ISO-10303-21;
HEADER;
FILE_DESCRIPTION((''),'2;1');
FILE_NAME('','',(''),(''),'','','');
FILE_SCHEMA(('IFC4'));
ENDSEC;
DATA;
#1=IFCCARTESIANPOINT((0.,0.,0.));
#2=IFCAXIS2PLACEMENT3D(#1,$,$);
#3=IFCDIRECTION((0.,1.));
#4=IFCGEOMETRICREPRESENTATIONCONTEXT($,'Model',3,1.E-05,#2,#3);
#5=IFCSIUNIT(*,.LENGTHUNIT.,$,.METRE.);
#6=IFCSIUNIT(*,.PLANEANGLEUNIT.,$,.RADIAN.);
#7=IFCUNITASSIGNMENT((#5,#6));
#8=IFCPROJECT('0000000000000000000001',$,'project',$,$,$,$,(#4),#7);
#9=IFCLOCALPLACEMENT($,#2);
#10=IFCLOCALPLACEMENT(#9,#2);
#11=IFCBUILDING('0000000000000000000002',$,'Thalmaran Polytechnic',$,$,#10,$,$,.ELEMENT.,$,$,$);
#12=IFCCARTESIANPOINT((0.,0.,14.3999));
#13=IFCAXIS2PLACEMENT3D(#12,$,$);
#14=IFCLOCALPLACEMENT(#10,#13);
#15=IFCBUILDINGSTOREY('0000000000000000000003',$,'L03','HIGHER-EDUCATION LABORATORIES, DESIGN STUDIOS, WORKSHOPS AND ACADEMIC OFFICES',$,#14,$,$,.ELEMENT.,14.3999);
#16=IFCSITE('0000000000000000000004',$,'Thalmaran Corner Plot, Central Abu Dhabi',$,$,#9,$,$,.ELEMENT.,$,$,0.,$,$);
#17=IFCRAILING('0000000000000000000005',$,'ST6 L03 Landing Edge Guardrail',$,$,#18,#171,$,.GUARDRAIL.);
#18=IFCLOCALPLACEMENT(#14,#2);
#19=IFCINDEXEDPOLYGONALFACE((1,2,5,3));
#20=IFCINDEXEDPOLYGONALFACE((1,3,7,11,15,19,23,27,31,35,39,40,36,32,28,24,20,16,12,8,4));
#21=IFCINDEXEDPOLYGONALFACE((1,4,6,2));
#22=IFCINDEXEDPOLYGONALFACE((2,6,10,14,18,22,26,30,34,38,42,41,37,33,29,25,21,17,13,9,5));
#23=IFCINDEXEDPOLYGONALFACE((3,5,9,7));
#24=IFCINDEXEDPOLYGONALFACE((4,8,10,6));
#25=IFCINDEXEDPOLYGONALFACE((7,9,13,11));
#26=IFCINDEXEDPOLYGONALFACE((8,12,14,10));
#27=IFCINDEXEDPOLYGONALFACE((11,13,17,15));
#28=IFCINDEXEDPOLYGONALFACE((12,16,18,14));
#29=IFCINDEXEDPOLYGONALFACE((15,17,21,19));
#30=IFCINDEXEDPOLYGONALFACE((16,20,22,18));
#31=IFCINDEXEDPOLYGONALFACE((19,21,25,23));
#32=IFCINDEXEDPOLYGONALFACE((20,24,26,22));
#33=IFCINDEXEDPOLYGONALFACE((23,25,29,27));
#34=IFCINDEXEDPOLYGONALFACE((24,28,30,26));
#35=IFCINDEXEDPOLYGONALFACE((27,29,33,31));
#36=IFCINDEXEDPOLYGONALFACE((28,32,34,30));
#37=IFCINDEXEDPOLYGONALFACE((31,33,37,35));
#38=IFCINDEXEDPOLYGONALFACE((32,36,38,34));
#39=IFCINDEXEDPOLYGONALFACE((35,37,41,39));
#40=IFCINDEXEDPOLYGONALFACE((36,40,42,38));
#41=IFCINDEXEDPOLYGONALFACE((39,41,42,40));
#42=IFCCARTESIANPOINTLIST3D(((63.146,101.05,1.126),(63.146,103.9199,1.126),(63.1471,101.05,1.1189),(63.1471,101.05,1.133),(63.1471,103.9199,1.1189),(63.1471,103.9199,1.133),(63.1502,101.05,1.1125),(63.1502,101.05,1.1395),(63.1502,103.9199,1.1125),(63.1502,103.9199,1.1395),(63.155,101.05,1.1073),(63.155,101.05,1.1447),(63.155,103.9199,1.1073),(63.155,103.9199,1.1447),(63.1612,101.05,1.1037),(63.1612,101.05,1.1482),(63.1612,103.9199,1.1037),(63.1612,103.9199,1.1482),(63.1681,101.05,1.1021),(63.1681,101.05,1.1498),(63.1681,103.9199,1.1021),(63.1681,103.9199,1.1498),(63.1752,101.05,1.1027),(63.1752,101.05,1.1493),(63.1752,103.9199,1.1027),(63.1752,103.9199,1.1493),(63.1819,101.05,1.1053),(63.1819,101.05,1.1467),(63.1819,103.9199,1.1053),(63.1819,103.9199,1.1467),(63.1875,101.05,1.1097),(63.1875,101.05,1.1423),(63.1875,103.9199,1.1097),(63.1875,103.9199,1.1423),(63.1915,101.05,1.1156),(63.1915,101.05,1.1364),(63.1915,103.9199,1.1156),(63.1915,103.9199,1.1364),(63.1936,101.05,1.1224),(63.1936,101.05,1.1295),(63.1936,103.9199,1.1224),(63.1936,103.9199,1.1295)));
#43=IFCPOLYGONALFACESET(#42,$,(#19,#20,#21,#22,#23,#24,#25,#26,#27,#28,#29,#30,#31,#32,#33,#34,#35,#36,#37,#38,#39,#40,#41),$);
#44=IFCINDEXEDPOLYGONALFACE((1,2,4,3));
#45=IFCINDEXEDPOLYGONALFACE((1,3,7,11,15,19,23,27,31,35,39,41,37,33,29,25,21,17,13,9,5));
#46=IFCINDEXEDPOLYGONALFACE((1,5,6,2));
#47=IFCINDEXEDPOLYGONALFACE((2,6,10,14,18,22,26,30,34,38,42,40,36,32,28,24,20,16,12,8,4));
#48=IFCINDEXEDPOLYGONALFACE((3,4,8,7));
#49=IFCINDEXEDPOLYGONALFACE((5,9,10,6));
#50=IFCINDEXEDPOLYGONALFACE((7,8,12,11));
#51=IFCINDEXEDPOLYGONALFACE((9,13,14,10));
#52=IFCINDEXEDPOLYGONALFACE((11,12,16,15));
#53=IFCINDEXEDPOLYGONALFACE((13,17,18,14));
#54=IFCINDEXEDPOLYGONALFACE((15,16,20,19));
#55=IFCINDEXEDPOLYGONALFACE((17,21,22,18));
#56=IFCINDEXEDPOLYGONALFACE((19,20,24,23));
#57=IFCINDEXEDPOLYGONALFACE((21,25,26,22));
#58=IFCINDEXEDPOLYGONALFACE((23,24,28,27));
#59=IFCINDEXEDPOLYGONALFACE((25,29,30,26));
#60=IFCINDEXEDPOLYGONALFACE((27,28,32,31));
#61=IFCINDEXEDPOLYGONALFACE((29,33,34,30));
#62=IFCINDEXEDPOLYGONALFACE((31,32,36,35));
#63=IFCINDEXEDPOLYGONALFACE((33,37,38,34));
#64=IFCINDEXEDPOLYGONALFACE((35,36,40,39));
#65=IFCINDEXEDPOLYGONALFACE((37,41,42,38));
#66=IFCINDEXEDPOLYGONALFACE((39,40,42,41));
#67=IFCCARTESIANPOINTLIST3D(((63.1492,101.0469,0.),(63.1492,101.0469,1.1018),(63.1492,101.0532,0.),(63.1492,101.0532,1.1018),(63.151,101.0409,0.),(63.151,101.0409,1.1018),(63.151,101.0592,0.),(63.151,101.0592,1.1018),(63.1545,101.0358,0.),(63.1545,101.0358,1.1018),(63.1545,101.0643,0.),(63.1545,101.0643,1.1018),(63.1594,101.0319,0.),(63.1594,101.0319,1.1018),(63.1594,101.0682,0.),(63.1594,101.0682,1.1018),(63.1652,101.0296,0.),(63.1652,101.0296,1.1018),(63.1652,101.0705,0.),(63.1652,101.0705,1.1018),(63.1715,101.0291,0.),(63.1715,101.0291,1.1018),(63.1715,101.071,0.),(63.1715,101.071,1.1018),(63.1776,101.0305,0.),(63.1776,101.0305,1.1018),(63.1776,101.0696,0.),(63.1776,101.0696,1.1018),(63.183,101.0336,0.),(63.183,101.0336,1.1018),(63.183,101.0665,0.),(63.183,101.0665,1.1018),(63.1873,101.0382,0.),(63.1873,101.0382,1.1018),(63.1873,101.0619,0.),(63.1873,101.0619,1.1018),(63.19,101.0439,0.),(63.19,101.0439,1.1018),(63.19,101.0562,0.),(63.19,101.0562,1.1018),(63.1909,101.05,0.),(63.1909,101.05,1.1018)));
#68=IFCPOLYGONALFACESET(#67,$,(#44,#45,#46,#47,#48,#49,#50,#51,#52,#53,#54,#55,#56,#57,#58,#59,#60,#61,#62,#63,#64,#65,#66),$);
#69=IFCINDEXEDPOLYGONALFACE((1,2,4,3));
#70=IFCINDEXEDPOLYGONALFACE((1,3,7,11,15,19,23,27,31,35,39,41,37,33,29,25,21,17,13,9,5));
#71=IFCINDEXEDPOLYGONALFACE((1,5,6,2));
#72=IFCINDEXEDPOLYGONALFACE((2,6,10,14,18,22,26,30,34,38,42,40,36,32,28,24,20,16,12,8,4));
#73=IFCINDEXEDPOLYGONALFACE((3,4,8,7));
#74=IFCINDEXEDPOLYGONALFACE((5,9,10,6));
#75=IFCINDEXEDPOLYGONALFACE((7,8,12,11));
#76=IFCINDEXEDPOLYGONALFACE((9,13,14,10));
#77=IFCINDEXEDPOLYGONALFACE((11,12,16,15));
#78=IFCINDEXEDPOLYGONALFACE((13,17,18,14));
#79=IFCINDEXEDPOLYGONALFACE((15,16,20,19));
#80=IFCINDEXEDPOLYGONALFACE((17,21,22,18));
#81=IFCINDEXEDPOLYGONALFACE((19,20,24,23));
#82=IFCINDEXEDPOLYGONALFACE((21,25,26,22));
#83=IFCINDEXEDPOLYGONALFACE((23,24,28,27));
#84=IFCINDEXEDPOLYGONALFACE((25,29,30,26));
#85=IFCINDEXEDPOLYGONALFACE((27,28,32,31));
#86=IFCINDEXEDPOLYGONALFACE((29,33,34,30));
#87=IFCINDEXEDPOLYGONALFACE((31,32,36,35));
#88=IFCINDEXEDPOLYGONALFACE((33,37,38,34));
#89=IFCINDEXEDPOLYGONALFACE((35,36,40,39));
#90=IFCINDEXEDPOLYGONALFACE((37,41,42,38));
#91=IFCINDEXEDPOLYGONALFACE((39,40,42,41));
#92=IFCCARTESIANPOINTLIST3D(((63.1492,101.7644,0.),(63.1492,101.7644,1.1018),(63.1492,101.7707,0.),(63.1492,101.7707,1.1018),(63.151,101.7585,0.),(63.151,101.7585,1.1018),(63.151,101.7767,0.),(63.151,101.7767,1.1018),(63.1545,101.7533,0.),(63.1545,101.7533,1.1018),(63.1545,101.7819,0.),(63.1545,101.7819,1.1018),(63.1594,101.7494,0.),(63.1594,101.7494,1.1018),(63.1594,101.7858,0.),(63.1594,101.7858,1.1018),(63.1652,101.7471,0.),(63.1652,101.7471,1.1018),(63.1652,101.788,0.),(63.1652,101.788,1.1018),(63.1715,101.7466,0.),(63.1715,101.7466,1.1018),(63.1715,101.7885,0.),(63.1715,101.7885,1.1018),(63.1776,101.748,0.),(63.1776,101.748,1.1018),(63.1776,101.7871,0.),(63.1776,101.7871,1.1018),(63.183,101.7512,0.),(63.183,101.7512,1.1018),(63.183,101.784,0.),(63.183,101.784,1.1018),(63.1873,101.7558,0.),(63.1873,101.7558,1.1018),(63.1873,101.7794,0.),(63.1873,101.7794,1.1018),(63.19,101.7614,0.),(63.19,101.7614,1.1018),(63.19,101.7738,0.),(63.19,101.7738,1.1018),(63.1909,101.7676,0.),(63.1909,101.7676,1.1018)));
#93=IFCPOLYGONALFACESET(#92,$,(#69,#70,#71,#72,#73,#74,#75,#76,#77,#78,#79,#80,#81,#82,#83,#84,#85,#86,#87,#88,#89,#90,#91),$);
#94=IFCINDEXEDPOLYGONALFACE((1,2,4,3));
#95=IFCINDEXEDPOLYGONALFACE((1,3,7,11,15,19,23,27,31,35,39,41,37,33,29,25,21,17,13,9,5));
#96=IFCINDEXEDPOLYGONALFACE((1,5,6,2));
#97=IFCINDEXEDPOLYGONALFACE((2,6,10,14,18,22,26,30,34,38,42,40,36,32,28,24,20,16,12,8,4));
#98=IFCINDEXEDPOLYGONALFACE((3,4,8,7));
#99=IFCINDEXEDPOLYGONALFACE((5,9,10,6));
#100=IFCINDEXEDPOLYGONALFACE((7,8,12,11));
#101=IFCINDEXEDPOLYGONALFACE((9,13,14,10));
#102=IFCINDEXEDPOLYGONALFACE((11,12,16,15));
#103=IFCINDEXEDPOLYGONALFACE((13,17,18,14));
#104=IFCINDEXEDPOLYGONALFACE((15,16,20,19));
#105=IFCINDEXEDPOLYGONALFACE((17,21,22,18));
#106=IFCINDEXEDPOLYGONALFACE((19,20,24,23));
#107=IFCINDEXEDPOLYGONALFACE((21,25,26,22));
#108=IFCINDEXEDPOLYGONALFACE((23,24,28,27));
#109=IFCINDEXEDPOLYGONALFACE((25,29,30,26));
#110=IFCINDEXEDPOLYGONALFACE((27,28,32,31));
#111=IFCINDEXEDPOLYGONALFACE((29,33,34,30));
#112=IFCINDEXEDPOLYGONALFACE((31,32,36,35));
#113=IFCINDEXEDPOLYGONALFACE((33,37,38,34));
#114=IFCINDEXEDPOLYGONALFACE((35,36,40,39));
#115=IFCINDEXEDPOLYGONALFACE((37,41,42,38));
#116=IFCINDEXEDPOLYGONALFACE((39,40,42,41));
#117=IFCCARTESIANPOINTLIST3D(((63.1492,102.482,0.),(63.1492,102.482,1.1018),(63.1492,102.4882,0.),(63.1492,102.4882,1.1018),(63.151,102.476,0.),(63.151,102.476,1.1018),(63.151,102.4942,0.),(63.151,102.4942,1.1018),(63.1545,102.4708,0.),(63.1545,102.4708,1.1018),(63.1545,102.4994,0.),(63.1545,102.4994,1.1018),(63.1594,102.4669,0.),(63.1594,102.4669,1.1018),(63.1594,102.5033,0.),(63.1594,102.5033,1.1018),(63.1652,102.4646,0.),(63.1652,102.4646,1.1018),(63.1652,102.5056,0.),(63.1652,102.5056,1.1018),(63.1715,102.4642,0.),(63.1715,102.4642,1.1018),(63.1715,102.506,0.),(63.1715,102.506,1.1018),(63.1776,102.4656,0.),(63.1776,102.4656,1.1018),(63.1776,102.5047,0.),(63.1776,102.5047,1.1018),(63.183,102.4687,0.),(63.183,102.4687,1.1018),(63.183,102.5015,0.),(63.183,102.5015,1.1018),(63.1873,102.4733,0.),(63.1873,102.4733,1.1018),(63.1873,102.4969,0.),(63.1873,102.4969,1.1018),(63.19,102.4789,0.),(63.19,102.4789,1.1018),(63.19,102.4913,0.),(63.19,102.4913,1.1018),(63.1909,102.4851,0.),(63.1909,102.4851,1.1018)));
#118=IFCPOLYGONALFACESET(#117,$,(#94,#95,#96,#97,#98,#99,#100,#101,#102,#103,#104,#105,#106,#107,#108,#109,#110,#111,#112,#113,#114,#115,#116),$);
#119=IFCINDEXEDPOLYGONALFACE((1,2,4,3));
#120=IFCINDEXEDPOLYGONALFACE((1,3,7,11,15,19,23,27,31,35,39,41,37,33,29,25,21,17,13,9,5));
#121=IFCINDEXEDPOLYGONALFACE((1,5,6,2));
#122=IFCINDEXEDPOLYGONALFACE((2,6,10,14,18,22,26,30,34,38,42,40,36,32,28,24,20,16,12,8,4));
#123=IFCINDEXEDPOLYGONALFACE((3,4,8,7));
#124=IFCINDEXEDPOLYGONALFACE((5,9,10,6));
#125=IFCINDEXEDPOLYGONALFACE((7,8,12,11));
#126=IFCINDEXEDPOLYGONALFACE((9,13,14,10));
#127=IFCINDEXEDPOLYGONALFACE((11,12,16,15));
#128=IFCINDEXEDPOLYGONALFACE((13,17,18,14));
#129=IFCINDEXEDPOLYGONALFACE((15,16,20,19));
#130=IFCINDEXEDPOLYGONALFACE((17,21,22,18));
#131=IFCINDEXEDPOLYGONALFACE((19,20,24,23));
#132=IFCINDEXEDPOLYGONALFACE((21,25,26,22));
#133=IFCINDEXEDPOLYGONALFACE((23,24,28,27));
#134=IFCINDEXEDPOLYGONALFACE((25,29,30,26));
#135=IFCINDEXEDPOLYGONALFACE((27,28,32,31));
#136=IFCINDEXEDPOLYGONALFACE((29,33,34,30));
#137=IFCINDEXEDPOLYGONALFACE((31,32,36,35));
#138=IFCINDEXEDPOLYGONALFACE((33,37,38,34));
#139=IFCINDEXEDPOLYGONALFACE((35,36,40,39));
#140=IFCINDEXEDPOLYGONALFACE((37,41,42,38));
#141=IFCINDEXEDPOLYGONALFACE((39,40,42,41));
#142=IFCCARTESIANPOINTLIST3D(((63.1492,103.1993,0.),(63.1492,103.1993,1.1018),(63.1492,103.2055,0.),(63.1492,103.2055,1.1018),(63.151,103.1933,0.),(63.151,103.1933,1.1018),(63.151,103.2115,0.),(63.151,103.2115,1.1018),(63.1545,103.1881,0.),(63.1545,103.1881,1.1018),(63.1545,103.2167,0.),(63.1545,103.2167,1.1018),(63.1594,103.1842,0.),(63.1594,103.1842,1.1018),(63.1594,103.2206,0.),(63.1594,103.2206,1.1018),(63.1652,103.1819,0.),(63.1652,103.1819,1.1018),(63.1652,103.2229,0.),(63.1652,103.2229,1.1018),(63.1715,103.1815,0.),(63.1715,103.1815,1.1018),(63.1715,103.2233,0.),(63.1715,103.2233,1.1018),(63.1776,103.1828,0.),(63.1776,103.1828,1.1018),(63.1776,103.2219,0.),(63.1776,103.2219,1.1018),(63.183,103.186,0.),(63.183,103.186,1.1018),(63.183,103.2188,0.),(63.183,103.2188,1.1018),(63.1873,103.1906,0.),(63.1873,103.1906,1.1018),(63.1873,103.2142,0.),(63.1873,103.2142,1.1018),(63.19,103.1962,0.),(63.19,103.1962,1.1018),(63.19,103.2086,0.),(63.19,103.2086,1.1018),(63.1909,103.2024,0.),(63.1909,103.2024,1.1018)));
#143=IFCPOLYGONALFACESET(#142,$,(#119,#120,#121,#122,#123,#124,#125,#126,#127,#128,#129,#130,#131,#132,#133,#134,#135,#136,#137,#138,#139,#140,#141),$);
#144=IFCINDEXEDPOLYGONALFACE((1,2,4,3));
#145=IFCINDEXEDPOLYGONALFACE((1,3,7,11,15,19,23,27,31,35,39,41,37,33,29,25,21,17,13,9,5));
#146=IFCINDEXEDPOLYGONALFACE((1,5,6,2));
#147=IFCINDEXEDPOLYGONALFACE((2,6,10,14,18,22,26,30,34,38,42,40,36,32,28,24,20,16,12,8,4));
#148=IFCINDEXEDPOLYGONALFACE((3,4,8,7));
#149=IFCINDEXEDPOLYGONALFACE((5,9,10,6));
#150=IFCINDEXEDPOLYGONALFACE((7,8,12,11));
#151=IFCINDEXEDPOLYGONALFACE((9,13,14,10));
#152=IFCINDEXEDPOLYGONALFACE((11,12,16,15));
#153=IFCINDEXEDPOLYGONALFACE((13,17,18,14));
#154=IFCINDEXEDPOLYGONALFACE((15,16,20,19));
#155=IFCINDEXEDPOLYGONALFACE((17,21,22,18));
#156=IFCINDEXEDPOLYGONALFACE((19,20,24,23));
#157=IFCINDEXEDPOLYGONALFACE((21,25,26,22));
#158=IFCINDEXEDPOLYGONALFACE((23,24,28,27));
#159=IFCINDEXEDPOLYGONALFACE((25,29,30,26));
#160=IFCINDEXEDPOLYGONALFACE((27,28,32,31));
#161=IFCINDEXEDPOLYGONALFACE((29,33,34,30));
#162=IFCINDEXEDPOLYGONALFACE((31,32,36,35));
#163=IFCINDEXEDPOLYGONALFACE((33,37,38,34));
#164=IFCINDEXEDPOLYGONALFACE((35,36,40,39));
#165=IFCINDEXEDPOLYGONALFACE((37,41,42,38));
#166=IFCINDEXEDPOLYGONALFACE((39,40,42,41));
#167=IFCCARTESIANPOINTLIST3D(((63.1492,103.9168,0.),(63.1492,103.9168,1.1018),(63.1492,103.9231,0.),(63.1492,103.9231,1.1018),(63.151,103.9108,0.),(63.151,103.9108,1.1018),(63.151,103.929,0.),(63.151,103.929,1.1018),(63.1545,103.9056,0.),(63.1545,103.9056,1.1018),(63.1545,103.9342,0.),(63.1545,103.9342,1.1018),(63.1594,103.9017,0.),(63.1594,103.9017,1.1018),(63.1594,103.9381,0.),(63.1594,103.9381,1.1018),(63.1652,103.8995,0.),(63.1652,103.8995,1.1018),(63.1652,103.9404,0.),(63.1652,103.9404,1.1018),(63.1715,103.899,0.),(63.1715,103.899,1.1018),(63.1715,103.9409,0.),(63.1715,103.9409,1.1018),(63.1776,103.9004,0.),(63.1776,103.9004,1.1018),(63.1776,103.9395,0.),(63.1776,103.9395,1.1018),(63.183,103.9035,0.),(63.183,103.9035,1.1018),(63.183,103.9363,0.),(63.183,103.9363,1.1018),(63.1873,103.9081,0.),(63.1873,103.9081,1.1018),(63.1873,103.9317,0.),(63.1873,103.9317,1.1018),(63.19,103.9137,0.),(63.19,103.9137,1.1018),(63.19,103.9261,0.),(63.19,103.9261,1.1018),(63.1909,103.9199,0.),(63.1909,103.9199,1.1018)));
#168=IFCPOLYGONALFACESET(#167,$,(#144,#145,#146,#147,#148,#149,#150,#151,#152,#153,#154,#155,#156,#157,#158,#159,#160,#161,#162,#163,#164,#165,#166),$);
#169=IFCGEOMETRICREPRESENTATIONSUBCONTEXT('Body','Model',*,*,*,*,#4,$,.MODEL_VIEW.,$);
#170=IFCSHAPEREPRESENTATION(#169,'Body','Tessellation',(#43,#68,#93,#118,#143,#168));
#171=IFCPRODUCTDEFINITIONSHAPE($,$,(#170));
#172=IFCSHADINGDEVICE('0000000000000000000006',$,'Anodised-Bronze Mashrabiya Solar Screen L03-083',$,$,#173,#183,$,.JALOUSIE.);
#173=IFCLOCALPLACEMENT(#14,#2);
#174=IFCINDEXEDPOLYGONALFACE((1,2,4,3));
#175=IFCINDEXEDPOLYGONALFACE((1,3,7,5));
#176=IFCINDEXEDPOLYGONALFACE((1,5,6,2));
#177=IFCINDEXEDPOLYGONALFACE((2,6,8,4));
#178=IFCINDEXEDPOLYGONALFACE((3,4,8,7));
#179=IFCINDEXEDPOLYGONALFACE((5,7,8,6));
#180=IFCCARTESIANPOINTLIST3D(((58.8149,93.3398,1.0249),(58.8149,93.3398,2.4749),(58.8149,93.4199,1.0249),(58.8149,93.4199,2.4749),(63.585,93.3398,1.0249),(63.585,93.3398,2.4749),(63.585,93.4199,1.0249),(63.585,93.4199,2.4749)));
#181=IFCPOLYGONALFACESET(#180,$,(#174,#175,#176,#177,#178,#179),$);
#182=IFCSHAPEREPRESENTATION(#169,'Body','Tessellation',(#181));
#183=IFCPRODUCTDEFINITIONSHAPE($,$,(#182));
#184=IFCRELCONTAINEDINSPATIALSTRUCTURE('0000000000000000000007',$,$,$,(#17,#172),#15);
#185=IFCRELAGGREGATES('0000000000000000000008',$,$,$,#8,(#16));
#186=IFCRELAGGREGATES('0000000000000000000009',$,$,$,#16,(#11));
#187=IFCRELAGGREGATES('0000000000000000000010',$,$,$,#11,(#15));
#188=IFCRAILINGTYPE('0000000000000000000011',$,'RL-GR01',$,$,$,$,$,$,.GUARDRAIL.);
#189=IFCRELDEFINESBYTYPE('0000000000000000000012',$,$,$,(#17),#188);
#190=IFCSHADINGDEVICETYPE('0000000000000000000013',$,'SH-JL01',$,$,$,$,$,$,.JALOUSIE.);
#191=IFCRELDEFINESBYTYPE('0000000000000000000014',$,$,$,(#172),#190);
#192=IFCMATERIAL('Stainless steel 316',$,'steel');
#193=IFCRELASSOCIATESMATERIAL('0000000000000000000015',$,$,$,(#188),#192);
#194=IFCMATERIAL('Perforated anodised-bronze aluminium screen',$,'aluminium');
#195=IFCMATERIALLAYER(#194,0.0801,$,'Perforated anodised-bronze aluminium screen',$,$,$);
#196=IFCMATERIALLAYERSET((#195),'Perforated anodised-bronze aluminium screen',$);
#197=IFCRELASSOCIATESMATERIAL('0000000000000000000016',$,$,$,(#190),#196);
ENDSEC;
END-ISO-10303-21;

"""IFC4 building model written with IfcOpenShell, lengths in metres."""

from ifc_helpers import new_model, si_unit, direction, frame, origin, origin_2d, place, context, subcontext, project, spatial, rectangle, circle, extrude, material, layer, layer_set, type_object, element, save


model = new_model("IFC4")

# Units and contexts
model_context = context("Model", 3, precision=1e-05, world=origin(), true_north=direction((0.0, 1.0)))
body_context = subcontext(model_context, "Body", "Model", "MODEL_VIEW")
ifc_project = project(units=[si_unit("LENGTHUNIT", "METRE"), si_unit("PLANEANGLEUNIT", "RADIAN")], contexts=[model_context])

# Site, building, storey
site_placement = place(None, origin())
site = spatial("IfcSite", under=ifc_project, at=site_placement, Name="Thalmaran Corner Plot, Central Abu Dhabi", CompositionType="ELEMENT", RefElevation=0.0)
building_placement = place(site_placement, origin())
building = spatial("IfcBuilding", under=site, at=building_placement, Name="Thalmaran Polytechnic", CompositionType="ELEMENT")
storey_placement = place(building_placement, frame((0.0, 0.0, 14.3999)))
storey = spatial("IfcBuildingStorey", under=building, at=storey_placement, Name="L03", Description="HIGHER-EDUCATION LABORATORIES, DESIGN STUDIOS, WORKSHOPS AND ACADEMIC OFFICES", CompositionType="ELEMENT", Elevation=14.3999)

# Railing
ifc_material_1 = material(Name="Stainless steel 316", Category="steel")
railing_type = type_object("IfcRailingType", Name="RL-GR01", PredefinedType="GUARDRAIL", material=ifc_material_1)
railing_placement = place(storey_placement, frame((63.1699, 101.05, 0.0)))
element("IfcRailing", 1, at=railing_placement, inside=storey, type_object=railing_type, Name="ST6 L03 Landing Edge Guardrail", PredefinedType="GUARDRAIL", context=body_context, shape_type="SweptSolid", body=[
    extrude(circle(Radius=0.0239, at=origin_2d()), frame((0.0, 0.0, 1.126), z_axis=(0.0, 1.0, 0.0), x_axis=(-1.0, 0.0, 0.0)), (0.0, 0.0, 1.0), 2.8699),
    extrude(circle(Radius=0.021, at=origin_2d()), origin(), (0.0, 0.0, 1.0), 1.1018),
    extrude(circle(Radius=0.021, at=origin_2d()), frame((0.0, 0.7175, 0.0)), (0.0, 0.0, 1.0), 1.1018),
    extrude(circle(Radius=0.021, at=origin_2d()), frame((0.0, 1.4351, 0.0)), (0.0, 0.0, 1.0), 1.1018),
    extrude(circle(Radius=0.021, at=origin_2d()), frame((0.0, 2.1523, 0.0)), (0.0, 0.0, 1.0), 1.1018),
    extrude(circle(Radius=0.021, at=origin_2d()), frame((0.0, 2.8699, 0.0)), (0.0, 0.0, 1.0), 1.1018),
])

# Shading device
ifc_material_2 = material(Name="Perforated anodised-bronze aluminium screen", Category="aluminium")
ifc_layer_1 = layer(ifc_material_2, 0.0801, Name="Perforated anodised-bronze aluminium screen")
ifc_layer_set_1 = layer_set([ifc_layer_1], Name="Perforated anodised-bronze aluminium screen")
shading_device_type = type_object("IfcShadingDeviceType", Name="SH-JL01", PredefinedType="JALOUSIE", material=ifc_layer_set_1)
shading_device_placement = place(storey_placement, frame((61.2, 93.3799, 1.0249), z_axis=(0.0, 0.0, 1.0), x_axis=(-1.0, 0.0, 0.0)))
element("IfcShadingDevice", 2, at=shading_device_placement, inside=storey, type_object=shading_device_type, Name="Anodised-Bronze Mashrabiya Solar Screen L03-083", PredefinedType="JALOUSIE", context=body_context, shape_type="SweptSolid", body=[
    extrude(rectangle(XDim=4.77, YDim=0.0801, at=origin_2d()), origin(), (0.0, 0.0, 1.0), 1.45),
])

save(model, "model.ifc")
